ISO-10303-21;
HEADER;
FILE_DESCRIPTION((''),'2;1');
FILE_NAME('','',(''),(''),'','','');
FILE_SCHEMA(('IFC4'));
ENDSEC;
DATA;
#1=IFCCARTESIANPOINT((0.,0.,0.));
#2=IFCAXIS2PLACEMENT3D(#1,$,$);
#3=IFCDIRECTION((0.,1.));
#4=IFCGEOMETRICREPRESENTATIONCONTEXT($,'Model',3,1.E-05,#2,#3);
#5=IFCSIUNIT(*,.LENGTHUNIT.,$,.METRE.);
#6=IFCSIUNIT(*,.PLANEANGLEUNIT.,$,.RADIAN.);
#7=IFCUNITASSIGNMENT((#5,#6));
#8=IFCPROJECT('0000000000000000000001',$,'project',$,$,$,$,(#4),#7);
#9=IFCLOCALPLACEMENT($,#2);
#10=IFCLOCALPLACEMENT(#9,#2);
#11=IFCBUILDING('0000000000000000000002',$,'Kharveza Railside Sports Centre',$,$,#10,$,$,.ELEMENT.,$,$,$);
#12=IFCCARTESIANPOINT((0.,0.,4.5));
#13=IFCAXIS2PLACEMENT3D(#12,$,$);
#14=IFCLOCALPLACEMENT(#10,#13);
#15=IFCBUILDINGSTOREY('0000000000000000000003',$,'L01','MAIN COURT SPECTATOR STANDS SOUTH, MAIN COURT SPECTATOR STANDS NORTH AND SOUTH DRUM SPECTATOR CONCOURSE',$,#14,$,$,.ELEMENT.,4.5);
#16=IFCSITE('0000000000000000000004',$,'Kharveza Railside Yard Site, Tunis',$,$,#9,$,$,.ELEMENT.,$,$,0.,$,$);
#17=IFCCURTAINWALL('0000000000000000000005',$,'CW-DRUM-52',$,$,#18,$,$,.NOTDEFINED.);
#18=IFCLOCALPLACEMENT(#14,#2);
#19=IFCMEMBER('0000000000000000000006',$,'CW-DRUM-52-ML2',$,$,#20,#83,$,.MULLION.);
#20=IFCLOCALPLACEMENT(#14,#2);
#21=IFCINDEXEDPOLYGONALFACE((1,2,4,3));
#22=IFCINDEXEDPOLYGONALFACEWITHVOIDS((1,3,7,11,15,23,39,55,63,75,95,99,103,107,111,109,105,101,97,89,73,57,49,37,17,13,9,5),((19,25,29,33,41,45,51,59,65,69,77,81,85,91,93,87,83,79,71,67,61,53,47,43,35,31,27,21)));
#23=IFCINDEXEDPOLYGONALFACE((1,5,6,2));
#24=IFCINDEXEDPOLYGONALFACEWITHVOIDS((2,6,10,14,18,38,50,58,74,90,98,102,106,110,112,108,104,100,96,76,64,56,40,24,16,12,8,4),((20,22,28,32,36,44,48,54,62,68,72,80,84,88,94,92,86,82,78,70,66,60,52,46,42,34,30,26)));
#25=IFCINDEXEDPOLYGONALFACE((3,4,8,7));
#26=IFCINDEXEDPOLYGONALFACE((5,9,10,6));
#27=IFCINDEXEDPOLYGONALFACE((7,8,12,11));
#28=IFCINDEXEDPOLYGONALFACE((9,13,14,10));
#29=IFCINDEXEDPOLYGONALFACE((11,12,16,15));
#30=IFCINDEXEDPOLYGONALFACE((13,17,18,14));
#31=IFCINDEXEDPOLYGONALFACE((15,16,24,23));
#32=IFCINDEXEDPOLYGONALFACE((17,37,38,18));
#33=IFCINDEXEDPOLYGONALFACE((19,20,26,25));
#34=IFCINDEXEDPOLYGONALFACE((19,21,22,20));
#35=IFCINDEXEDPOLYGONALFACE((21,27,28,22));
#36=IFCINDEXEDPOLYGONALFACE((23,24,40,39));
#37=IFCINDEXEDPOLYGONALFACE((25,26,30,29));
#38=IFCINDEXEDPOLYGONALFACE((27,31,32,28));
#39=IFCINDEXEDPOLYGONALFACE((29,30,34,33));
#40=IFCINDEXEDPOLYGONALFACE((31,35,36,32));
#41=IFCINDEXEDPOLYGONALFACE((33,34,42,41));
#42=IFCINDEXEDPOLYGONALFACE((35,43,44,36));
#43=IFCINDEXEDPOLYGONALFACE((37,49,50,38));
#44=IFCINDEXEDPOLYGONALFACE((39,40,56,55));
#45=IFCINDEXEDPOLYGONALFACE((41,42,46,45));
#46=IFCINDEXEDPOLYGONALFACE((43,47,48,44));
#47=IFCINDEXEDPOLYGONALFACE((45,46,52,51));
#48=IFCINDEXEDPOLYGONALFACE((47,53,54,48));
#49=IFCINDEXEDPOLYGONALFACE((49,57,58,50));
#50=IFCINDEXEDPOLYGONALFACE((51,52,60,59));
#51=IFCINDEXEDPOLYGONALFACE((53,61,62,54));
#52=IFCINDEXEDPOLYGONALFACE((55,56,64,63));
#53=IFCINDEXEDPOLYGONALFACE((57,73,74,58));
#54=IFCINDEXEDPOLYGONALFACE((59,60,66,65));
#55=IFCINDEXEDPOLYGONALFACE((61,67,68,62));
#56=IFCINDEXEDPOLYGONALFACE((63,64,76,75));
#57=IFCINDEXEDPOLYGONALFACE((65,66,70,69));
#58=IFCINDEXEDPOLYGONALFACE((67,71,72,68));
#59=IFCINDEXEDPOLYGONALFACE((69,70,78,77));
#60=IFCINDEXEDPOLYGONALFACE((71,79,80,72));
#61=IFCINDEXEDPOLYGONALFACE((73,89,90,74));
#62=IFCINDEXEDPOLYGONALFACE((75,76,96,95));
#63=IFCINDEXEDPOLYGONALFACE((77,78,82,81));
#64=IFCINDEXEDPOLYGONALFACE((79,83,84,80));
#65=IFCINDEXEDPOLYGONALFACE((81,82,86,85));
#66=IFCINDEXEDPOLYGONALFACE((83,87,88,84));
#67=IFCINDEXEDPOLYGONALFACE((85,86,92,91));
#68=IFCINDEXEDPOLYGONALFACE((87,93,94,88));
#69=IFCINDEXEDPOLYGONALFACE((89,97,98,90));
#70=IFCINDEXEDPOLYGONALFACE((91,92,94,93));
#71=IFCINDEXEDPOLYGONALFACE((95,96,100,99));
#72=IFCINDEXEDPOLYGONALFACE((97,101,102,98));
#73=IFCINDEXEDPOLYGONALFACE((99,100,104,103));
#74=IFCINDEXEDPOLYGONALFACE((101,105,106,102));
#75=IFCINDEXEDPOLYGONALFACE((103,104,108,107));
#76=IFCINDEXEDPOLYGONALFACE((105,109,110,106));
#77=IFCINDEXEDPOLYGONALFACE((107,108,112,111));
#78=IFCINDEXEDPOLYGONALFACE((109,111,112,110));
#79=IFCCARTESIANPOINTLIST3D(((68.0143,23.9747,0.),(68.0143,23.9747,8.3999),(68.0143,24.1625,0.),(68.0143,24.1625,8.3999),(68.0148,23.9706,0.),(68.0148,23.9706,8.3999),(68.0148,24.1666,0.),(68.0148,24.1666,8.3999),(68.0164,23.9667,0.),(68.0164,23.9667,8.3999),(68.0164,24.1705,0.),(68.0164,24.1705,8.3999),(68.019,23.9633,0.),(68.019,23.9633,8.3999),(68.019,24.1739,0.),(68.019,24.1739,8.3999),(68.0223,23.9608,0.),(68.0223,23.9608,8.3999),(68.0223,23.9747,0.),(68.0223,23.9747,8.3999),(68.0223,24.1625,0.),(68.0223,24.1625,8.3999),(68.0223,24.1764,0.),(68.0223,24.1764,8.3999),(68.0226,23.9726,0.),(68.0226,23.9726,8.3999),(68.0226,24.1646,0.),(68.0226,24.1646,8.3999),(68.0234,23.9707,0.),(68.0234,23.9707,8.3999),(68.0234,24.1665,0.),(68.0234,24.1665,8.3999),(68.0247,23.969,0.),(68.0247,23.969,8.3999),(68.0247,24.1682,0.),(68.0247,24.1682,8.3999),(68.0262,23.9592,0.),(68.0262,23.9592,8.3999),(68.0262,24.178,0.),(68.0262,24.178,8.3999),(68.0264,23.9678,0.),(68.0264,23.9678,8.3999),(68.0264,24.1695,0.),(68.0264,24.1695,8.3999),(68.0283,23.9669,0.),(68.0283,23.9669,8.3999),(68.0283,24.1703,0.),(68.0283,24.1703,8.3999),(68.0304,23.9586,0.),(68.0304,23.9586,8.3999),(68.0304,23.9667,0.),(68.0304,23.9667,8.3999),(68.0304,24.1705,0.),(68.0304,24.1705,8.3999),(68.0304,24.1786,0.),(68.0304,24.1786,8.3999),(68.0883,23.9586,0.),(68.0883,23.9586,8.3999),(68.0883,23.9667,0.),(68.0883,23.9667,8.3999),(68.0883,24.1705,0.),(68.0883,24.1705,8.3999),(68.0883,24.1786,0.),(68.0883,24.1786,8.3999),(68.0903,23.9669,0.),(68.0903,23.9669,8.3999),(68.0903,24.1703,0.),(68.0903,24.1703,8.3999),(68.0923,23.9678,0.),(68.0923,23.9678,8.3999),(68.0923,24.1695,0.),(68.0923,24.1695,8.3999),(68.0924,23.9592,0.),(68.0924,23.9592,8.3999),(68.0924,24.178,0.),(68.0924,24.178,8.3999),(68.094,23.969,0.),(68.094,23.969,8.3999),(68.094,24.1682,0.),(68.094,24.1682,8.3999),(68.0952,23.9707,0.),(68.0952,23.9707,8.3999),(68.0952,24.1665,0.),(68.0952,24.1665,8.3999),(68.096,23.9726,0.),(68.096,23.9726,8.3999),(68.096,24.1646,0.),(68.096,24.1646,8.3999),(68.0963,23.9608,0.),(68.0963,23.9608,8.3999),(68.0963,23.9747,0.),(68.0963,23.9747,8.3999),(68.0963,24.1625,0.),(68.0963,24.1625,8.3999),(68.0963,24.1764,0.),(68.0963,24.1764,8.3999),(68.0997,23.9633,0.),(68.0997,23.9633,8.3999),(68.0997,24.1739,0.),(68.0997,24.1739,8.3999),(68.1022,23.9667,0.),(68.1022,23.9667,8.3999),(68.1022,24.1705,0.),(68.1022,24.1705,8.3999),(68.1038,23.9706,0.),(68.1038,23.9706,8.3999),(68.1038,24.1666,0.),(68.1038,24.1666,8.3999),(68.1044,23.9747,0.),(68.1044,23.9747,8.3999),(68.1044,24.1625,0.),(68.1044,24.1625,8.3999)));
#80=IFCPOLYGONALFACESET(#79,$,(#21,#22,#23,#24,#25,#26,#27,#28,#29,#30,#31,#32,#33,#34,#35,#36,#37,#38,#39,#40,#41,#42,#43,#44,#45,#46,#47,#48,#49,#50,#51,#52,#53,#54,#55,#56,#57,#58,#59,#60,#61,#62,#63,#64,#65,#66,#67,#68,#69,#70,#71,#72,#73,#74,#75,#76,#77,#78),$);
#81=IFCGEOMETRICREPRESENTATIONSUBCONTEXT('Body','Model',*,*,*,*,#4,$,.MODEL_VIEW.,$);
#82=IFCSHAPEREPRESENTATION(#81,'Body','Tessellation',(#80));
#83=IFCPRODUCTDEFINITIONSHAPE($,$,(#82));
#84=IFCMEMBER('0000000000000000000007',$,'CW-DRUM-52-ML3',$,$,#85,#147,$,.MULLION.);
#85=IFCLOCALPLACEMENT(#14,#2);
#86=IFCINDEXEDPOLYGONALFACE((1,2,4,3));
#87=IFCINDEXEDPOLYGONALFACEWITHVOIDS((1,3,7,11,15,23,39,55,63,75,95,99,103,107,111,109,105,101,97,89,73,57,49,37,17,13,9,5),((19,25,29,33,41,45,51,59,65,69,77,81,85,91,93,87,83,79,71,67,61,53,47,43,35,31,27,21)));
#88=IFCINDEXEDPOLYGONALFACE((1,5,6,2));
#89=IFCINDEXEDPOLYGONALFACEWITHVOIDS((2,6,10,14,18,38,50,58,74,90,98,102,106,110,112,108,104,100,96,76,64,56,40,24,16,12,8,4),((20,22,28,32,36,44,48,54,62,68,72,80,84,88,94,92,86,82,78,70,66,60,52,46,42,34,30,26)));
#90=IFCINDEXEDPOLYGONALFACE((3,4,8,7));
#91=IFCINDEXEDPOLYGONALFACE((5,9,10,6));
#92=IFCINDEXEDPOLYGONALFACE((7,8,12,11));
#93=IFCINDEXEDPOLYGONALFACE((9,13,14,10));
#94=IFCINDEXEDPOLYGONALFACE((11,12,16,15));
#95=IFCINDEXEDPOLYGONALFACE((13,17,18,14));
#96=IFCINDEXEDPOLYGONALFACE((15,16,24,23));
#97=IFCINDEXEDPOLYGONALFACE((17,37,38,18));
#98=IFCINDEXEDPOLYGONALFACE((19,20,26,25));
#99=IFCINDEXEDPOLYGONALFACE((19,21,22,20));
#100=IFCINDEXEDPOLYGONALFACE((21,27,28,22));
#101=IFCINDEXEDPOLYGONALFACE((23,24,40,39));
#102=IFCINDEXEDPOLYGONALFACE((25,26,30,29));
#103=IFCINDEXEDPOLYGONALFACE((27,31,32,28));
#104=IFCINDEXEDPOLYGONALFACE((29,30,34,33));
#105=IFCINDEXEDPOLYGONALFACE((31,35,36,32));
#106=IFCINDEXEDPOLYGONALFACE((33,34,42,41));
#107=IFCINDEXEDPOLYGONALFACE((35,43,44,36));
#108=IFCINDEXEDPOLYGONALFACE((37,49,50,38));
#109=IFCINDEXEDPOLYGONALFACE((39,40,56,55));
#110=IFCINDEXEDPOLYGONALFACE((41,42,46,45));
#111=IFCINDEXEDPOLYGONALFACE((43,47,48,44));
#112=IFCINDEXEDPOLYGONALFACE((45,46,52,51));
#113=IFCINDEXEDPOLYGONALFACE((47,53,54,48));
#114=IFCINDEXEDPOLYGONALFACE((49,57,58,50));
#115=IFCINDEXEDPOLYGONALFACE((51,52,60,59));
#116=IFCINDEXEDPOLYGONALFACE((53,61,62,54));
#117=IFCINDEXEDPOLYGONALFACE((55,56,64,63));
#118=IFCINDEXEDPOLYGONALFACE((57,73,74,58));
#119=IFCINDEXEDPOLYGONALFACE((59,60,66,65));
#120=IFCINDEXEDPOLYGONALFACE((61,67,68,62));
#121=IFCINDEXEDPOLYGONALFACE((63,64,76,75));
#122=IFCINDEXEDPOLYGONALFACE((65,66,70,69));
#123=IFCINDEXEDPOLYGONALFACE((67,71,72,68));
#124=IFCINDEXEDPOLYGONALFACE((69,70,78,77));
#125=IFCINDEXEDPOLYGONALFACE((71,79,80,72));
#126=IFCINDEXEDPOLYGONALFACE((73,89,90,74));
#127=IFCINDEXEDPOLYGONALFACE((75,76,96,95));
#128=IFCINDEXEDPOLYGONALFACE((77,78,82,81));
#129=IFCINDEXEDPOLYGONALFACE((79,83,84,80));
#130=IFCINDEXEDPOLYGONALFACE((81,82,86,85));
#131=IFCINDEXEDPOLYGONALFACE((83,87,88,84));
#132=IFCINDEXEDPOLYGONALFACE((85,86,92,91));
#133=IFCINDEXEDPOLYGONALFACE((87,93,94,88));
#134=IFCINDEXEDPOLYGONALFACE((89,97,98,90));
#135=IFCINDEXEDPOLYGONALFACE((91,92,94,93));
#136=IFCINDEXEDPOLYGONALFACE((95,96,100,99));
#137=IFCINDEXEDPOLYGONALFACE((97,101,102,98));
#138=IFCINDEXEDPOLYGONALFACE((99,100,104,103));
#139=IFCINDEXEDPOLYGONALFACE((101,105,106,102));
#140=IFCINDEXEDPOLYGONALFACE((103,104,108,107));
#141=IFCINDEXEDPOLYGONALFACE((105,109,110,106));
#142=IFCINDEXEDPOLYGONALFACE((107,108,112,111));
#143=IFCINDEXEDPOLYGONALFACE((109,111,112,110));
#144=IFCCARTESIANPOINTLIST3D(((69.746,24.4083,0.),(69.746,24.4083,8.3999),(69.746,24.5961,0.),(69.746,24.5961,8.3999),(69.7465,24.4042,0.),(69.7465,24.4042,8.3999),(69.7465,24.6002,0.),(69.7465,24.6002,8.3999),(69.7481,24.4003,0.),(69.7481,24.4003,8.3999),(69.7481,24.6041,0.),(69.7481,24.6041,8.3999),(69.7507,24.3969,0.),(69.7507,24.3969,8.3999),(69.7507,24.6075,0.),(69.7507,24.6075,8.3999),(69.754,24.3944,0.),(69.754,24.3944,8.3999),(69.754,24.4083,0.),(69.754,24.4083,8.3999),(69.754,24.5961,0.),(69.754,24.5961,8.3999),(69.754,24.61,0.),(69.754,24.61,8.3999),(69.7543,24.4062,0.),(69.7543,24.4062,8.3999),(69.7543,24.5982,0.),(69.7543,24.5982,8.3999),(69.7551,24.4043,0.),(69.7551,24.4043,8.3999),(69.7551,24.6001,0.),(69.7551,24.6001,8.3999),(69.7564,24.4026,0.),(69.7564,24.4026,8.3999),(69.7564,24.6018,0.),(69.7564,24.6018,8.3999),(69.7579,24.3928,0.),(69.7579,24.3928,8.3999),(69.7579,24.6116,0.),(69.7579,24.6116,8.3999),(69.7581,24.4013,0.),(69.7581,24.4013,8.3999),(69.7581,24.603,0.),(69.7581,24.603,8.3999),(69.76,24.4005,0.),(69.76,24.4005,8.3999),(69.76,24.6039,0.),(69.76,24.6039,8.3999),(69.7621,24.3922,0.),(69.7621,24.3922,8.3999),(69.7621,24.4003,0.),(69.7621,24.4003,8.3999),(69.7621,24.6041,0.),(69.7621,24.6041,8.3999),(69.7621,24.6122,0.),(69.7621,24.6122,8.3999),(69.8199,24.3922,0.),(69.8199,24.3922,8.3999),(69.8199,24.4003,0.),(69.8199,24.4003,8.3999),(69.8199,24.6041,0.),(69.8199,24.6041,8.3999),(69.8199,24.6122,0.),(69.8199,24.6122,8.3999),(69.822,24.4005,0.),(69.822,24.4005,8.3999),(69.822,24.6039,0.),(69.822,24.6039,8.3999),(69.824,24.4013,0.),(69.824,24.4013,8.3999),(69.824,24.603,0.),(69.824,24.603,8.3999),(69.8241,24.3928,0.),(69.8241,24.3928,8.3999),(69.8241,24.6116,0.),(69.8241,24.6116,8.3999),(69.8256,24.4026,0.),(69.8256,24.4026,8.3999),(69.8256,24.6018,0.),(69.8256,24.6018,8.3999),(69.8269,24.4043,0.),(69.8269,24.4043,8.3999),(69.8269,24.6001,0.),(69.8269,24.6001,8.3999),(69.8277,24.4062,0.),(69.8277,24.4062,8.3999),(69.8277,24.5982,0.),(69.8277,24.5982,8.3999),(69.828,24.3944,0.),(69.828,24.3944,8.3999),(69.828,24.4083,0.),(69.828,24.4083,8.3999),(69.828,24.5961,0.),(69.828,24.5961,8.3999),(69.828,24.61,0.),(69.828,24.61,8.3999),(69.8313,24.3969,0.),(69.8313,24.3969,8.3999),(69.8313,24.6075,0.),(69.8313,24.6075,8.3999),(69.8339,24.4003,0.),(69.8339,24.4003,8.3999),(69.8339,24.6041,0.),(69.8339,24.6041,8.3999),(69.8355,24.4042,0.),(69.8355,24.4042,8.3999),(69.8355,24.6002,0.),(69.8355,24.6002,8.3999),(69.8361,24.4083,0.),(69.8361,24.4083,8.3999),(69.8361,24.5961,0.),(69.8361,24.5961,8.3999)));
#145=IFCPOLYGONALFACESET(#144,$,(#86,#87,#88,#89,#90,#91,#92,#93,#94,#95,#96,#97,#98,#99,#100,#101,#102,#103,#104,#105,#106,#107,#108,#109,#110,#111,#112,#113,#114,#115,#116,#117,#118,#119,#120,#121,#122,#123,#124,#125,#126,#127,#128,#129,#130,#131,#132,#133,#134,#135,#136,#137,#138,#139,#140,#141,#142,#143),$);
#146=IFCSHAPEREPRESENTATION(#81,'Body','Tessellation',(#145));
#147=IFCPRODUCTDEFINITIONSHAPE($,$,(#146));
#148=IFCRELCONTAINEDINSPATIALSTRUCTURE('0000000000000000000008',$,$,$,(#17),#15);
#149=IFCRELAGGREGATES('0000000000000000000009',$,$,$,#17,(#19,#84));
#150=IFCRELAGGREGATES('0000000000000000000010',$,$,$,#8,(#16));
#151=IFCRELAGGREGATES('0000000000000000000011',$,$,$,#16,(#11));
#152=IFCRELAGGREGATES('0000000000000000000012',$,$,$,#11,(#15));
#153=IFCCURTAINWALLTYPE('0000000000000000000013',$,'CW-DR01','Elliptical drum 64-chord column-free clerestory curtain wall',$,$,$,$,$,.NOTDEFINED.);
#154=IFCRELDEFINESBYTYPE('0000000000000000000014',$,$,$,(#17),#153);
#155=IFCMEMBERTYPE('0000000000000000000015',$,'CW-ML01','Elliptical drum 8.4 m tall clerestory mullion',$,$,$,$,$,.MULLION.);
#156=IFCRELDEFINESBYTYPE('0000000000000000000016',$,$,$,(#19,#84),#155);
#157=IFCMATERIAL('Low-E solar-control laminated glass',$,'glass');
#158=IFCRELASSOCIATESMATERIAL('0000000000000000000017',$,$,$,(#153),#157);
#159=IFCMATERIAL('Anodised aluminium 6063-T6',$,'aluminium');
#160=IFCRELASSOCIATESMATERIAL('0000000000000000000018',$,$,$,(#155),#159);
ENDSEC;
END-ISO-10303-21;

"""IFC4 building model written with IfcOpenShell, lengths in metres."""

from ifc_helpers import new_model, si_unit, direction, frame, origin, origin_2d, place, context, subcontext, project, spatial, hollow_rectangle, extrude, material, material_profile, profile_set, type_object, element, aggregate, save


model = new_model("IFC4")

# Units and contexts
model_context = context("Model", 3, precision=1e-05, world=origin(), true_north=direction((0.0, 1.0)))
body_context = subcontext(model_context, "Body", "Model", "MODEL_VIEW")
ifc_project = project(units=[si_unit("LENGTHUNIT", "METRE"), si_unit("PLANEANGLEUNIT", "RADIAN")], contexts=[model_context])

# Site, building, storey
site_placement = place(None, origin())
site = spatial("IfcSite", under=ifc_project, at=site_placement, Name="Kharveza Railside Yard Site, Tunis", CompositionType="ELEMENT", RefElevation=0.0)
building_placement = place(site_placement, origin())
building = spatial("IfcBuilding", under=site, at=building_placement, Name="Kharveza Railside Sports Centre", CompositionType="ELEMENT")
storey_placement = place(building_placement, frame((0.0, 0.0, 4.5)))
storey = spatial("IfcBuildingStorey", under=building, at=storey_placement, Name="L01", Description="MAIN COURT SPECTATOR STANDS SOUTH, MAIN COURT SPECTATOR STANDS NORTH AND SOUTH DRUM SPECTATOR CONCOURSE", CompositionType="ELEMENT", Elevation=4.5)

# Curtain wall, members
ifc_material_1 = material(Name="Low-E solar-control laminated glass", Category="glass")
curtain_wall_type = type_object("IfcCurtainWallType", Name="CW-DR01", Description="Elliptical drum 64-chord column-free clerestory curtain wall", PredefinedType="NOTDEFINED", material=ifc_material_1)
ifc_material_2 = material(Name="Anodised aluminium 6063-T6", Category="aluminium")
ifc_material_profile_1 = material_profile(ifc_material_2, hollow_rectangle(XDim=0.0901, YDim=0.22, WallThickness=0.0081, InnerFilletRadius=0.0081, OuterFilletRadius=0.0161, at=origin_2d()), Name="RHS 90x220x8.0")
ifc_profile_set_1 = profile_set([ifc_material_profile_1], Name="Anodised aluminium 6063-T6")
member_type_1 = type_object("IfcMemberType", Name="CW-ML01", Description="Elliptical drum 8.4 m tall clerestory mullion", PredefinedType="MULLION", material=ifc_profile_set_1)
curtain_wall_1_placement = place(storey_placement, origin())
curtain_wall_1 = element("IfcCurtainWall", 1, at=curtain_wall_1_placement, inside=storey, type_object=curtain_wall_type, Name="CW-DRUM-52", PredefinedType="NOTDEFINED")
member_1_placement = place(storey_placement, frame((68.0593, 24.0686, 0.0), z_axis=(0.0, 0.0, 1.0), x_axis=(1.0, 0.0, 0.0)))
member_1 = element("IfcMember", 2, at=member_1_placement, type_object=member_type_1, Name="CW-DRUM-52-ML2", PredefinedType="MULLION", context=body_context, shape_type="SweptSolid", body=[
    extrude(hollow_rectangle(XDim=0.0901, YDim=0.22, WallThickness=0.0081, InnerFilletRadius=0.0081, OuterFilletRadius=0.0161, at=origin_2d()), origin(), (0.0, 0.0, 1.0), 8.3999),
])
member_2_placement = place(storey_placement, frame((69.791, 24.5022, 0.0), z_axis=(0.0, 0.0, 1.0), x_axis=(1.0, 0.0, 0.0)))
member_2 = element("IfcMember", 3, at=member_2_placement, type_object=member_type_1, Name="CW-DRUM-52-ML3", PredefinedType="MULLION", context=body_context, shape_type="SweptSolid", body=[
    extrude(hollow_rectangle(XDim=0.0901, YDim=0.22, WallThickness=0.0081, InnerFilletRadius=0.0081, OuterFilletRadius=0.0161, at=origin_2d()), origin(), (0.0, 0.0, 1.0), 8.3999),
])

aggregate(curtain_wall_1, [member_1, member_2])

save(model, "model.ifc")
